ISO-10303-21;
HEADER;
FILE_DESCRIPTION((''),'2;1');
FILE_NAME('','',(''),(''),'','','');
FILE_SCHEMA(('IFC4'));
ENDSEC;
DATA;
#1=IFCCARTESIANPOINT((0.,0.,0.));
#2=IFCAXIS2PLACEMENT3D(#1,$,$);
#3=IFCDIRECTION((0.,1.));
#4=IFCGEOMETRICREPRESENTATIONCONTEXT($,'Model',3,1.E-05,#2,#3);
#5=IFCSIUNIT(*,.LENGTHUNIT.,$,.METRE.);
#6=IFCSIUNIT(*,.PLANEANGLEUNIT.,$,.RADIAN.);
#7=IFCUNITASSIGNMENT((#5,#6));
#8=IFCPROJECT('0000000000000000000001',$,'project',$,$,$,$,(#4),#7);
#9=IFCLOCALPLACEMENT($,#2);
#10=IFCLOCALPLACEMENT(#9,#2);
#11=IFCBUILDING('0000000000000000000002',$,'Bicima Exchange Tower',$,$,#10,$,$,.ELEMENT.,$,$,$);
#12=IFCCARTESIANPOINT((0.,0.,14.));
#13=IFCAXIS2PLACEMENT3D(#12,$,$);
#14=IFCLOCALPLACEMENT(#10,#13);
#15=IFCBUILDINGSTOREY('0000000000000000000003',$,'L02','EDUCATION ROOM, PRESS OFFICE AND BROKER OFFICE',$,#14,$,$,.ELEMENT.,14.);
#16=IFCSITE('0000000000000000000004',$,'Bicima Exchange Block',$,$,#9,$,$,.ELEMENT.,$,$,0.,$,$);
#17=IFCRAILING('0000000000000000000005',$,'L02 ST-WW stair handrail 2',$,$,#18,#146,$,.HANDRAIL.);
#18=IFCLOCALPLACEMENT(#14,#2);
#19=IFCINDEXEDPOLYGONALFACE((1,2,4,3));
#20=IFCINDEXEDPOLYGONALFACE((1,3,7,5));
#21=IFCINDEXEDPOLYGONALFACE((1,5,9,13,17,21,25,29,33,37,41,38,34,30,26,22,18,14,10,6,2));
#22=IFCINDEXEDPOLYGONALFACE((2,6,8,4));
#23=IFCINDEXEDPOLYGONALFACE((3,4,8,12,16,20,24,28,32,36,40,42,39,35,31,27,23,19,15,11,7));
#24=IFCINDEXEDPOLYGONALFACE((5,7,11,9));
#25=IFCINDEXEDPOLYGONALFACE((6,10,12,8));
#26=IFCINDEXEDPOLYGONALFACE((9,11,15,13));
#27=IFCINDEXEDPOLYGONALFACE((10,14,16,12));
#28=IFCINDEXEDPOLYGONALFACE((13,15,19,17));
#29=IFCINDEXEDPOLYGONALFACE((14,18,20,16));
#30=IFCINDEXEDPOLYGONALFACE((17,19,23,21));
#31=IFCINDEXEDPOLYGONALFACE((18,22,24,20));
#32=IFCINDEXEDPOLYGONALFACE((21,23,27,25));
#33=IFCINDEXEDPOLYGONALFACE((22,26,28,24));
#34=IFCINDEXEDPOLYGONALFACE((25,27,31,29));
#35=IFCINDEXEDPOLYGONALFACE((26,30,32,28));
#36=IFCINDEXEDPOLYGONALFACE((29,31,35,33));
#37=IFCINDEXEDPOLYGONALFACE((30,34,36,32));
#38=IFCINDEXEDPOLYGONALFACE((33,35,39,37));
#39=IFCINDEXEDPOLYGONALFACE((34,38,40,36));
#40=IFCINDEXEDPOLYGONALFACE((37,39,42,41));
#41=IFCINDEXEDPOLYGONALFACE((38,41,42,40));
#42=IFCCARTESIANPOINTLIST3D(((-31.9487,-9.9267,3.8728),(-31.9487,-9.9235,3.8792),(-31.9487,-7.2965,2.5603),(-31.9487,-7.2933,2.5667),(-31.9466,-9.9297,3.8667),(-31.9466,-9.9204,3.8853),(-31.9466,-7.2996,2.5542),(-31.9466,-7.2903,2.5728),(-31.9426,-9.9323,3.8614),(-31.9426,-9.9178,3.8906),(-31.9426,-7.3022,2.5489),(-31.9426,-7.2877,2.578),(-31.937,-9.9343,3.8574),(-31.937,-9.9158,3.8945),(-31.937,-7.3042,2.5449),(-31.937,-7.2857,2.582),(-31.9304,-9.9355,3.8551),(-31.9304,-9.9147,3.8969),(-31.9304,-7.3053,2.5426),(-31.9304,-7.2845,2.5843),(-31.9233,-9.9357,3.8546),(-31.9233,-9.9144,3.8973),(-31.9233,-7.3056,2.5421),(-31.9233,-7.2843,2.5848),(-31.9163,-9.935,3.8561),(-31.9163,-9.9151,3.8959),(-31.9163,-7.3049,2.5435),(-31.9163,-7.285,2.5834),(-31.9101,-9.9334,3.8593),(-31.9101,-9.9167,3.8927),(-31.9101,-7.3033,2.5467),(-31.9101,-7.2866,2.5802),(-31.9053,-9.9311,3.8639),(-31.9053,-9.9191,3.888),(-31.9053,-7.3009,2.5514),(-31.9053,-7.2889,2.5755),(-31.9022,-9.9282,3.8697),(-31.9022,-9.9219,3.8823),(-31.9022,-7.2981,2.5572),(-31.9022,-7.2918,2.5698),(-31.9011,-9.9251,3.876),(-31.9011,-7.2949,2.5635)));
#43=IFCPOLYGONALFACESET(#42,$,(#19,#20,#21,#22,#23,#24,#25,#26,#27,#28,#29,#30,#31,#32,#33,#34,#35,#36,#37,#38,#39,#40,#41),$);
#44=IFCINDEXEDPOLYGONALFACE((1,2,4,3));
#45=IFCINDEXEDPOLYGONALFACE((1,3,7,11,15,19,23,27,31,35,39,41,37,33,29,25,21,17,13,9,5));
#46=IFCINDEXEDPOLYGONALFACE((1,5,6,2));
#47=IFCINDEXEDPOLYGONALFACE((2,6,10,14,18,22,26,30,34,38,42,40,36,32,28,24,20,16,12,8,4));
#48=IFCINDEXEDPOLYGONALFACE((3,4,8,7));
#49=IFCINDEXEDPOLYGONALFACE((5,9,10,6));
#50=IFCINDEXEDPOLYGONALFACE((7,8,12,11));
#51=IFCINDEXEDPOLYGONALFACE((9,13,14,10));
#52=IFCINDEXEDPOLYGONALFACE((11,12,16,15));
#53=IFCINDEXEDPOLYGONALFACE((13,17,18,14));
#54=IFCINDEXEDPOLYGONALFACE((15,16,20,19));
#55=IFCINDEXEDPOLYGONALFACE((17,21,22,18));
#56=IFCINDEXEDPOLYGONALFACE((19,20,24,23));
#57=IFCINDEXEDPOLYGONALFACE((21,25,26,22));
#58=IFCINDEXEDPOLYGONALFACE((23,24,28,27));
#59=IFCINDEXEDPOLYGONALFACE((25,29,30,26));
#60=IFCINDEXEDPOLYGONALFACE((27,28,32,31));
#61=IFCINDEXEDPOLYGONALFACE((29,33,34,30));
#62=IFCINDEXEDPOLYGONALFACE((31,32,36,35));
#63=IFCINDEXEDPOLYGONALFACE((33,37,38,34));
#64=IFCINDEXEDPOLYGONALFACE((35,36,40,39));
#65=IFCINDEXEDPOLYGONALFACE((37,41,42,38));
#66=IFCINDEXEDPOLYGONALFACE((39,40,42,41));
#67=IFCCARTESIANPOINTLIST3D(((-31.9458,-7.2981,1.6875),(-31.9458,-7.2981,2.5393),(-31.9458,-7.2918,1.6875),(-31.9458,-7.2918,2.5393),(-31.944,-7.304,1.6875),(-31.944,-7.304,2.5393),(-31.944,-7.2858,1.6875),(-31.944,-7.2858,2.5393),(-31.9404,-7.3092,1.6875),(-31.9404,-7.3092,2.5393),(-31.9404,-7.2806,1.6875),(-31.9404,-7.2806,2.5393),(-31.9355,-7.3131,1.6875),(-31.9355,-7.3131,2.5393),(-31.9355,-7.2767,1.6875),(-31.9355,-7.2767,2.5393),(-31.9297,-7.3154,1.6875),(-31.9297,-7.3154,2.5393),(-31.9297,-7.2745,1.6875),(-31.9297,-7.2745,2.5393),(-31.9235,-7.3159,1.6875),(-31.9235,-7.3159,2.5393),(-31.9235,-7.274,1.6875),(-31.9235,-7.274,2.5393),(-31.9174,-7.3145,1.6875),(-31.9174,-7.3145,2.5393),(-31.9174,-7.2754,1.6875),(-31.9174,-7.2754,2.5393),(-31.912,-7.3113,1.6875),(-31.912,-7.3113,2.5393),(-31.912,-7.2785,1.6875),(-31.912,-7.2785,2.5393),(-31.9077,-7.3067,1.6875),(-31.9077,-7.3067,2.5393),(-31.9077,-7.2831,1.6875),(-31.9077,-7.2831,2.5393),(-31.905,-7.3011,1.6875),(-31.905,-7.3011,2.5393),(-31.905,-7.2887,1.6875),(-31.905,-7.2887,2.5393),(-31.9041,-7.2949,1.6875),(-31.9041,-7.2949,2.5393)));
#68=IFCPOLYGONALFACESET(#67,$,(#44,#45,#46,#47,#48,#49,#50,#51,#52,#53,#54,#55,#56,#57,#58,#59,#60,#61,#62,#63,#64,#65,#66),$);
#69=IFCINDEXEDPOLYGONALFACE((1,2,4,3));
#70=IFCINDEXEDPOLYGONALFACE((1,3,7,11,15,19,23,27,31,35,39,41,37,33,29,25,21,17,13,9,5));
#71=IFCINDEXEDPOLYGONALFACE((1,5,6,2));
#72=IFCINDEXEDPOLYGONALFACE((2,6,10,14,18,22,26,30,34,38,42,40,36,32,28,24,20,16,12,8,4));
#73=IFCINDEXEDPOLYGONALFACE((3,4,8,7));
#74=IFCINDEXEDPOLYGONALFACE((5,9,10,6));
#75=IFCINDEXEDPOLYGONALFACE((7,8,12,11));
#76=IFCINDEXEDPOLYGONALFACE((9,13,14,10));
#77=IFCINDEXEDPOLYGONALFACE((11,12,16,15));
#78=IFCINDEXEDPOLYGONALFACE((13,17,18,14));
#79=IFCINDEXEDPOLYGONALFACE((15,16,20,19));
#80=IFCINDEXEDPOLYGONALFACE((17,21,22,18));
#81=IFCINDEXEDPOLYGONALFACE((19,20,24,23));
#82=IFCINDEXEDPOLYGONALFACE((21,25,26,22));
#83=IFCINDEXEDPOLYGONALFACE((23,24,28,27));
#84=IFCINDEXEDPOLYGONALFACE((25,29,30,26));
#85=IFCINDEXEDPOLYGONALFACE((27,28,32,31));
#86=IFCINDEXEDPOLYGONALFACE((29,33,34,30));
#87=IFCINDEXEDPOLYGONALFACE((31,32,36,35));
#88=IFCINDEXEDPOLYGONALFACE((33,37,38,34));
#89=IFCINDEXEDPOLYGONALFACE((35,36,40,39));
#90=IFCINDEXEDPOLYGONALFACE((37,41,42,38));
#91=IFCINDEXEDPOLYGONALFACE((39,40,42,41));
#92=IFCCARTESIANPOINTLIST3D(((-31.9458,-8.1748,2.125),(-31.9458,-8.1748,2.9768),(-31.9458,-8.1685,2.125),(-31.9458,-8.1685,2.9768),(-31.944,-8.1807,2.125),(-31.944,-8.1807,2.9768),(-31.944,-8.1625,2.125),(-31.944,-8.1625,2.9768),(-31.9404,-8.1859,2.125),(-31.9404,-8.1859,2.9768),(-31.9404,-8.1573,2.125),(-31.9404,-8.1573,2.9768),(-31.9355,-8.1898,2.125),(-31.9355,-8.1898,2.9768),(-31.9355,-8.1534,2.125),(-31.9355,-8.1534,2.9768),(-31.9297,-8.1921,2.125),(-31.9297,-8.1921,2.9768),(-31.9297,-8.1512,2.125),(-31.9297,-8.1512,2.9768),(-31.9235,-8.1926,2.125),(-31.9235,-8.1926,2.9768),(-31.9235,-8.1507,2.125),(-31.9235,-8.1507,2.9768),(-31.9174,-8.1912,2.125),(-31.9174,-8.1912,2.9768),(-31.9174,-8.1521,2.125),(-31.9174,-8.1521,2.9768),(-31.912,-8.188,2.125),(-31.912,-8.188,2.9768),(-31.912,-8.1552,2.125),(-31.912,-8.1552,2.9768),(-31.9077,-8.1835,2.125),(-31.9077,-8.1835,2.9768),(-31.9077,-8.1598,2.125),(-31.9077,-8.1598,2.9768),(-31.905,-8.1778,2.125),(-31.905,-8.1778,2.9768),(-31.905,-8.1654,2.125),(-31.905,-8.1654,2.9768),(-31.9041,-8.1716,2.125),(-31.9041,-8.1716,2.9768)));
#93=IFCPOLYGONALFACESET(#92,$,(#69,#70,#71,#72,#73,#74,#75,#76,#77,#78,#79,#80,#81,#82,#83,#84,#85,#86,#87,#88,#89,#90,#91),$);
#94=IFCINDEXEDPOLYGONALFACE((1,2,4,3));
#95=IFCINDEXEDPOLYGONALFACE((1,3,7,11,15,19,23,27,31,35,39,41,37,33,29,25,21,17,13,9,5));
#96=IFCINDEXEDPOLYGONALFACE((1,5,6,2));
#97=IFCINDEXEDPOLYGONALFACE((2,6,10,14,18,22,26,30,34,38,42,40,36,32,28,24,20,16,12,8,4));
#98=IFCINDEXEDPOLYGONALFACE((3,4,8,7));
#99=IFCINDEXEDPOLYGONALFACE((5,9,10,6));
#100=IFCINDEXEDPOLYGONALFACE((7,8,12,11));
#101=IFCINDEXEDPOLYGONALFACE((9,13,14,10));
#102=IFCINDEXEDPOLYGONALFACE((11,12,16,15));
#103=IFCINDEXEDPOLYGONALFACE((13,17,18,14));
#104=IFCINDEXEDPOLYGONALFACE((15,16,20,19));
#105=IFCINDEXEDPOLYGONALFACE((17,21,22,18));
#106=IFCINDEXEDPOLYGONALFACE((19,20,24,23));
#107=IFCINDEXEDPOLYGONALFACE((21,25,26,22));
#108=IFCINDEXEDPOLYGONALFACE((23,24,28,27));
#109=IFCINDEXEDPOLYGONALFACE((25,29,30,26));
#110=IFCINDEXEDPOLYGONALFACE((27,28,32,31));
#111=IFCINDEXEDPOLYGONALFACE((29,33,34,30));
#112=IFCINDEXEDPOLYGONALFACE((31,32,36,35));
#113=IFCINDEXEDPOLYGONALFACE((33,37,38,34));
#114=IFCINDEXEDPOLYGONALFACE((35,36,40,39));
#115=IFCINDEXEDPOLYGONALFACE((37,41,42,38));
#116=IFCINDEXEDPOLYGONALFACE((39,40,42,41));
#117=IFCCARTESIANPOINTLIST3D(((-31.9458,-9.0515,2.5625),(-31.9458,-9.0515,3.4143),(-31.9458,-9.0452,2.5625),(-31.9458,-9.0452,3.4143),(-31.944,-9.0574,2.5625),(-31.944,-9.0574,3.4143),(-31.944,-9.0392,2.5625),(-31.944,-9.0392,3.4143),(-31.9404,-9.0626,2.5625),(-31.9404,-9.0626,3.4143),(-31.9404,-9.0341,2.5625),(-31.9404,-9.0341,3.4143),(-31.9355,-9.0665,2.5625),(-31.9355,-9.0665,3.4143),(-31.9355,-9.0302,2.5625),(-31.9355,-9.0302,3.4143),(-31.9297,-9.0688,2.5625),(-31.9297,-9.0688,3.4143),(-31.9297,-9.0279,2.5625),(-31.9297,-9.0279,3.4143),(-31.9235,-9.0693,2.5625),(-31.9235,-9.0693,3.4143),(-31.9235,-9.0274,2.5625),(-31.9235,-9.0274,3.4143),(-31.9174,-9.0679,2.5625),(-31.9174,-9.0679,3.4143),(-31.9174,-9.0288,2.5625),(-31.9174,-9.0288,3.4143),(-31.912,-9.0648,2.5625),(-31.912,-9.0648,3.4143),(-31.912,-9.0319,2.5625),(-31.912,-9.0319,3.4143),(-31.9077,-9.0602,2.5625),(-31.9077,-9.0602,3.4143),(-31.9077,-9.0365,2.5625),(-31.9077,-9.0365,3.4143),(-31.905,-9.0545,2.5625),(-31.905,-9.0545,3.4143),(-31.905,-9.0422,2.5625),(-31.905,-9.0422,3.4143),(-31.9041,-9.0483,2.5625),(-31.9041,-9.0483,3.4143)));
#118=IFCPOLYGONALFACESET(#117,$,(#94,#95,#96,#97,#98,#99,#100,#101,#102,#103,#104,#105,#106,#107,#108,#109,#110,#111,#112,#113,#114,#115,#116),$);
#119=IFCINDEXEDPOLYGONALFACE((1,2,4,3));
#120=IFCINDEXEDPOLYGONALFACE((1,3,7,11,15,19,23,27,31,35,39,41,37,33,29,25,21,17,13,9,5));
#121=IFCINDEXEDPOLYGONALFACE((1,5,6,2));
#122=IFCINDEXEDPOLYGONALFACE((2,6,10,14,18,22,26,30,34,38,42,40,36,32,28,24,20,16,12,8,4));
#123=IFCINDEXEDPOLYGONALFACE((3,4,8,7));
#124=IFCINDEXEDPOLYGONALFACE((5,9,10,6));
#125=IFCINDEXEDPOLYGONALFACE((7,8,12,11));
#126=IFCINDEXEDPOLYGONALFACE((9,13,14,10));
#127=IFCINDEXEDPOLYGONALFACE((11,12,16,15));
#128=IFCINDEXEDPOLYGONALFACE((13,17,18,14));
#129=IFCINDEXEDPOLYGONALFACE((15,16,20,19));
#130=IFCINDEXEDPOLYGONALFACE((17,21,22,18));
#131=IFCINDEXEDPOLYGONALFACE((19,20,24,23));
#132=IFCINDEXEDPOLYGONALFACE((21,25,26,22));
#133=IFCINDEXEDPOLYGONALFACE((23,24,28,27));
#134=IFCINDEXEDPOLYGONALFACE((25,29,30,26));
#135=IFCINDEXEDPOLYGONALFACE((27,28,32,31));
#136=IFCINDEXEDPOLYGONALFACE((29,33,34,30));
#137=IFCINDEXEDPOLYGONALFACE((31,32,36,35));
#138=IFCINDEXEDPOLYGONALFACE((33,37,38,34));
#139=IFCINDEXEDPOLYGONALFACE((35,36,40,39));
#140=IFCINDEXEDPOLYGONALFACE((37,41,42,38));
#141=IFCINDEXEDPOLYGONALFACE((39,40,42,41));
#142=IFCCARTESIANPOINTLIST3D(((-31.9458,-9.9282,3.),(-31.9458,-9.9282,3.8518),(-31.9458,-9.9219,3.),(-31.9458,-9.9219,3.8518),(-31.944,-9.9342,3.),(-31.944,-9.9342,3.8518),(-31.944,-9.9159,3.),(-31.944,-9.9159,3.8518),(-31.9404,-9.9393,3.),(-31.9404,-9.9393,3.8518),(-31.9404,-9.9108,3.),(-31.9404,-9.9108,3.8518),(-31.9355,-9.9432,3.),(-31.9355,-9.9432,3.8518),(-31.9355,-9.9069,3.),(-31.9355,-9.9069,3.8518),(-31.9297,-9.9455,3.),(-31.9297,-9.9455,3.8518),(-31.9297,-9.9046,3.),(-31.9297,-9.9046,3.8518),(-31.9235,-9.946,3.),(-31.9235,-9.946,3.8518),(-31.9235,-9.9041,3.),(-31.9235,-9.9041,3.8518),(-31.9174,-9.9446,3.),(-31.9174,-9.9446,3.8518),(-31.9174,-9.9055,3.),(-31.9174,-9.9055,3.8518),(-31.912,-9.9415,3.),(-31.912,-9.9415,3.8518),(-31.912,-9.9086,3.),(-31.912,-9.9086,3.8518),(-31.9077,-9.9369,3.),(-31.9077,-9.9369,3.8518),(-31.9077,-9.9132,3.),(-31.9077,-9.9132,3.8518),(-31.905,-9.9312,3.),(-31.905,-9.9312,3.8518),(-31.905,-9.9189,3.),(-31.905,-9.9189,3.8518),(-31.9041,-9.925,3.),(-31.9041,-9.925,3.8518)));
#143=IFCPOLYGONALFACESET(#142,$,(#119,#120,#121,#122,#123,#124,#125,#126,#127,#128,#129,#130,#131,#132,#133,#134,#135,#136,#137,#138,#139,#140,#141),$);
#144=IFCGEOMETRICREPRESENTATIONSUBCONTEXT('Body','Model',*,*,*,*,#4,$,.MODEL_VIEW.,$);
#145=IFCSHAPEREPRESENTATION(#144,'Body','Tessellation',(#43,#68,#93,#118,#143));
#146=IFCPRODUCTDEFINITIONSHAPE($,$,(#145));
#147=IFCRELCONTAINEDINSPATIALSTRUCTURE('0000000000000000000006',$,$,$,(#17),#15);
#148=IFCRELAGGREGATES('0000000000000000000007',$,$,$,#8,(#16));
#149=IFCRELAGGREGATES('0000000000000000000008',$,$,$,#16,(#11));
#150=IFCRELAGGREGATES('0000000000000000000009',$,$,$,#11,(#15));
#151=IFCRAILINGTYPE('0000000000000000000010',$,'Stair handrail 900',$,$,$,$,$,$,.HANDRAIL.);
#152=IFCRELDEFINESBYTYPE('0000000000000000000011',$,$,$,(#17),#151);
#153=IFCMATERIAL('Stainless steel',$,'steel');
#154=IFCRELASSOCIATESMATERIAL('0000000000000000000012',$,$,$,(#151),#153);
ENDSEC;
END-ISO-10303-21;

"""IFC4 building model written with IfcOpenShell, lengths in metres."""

from ifc_helpers import new_model, si_unit, direction, frame, origin, origin_2d, place, context, subcontext, project, spatial, circle, extrude, material, type_object, element, save


model = new_model("IFC4")

# Units and contexts
model_context = context("Model", 3, precision=1e-05, world=origin(), true_north=direction((0.0, 1.0)))
body_context = subcontext(model_context, "Body", "Model", "MODEL_VIEW")
ifc_project = project(units=[si_unit("LENGTHUNIT", "METRE"), si_unit("PLANEANGLEUNIT", "RADIAN")], contexts=[model_context])

# Site, building, storey
site_placement = place(None, origin())
site = spatial("IfcSite", under=ifc_project, at=site_placement, Name="Bicima Exchange Block", CompositionType="ELEMENT", RefElevation=0.0)
building_placement = place(site_placement, origin())
building = spatial("IfcBuilding", under=site, at=building_placement, Name="Bicima Exchange Tower", CompositionType="ELEMENT")
storey_placement = place(building_placement, frame((0.0, 0.0, 14.0)))
storey = spatial("IfcBuildingStorey", under=building, at=storey_placement, Name="L02", Description="EDUCATION ROOM, PRESS OFFICE AND BROKER OFFICE", CompositionType="ELEMENT", Elevation=14.0)

# Railing
ifc_material_1 = material(Name="Stainless steel", Category="steel")
railing_type_1 = type_object("IfcRailingType", Name="Stair handrail 900", PredefinedType="HANDRAIL", material=ifc_material_1)
railing_1_placement = place(storey_placement, frame((-31.925, -7.2949, 1.6875)))
element("IfcRailing", 1, at=railing_1_placement, inside=storey, type_object=railing_type_1, Name="L02 ST-WW stair handrail 2", PredefinedType="HANDRAIL", context=body_context, shape_type="SweptSolid", body=[
    extrude(circle(Radius=0.0239, at=origin_2d()), frame((0.0, 0.0, 0.876), z_axis=(0.0, -0.894776, 0.446516), x_axis=(1.0, 0.0, 0.0)), (0.0, 0.0, 1.0), 2.9395),
    extrude(circle(Radius=0.021, at=origin_2d()), origin(), (0.0, 0.0, 1.0), 0.8518),
    extrude(circle(Radius=0.021, at=origin_2d()), frame((0.0, -0.8767, 0.4375)), (0.0, 0.0, 1.0), 0.8518),
    extrude(circle(Radius=0.021, at=origin_2d()), frame((0.0, -1.7534, 0.875)), (0.0, 0.0, 1.0), 0.8518),
    extrude(circle(Radius=0.021, at=origin_2d()), frame((0.0, -2.6301, 1.3125)), (0.0, 0.0, 1.0), 0.8518),
])

save(model, "model.ifc")
